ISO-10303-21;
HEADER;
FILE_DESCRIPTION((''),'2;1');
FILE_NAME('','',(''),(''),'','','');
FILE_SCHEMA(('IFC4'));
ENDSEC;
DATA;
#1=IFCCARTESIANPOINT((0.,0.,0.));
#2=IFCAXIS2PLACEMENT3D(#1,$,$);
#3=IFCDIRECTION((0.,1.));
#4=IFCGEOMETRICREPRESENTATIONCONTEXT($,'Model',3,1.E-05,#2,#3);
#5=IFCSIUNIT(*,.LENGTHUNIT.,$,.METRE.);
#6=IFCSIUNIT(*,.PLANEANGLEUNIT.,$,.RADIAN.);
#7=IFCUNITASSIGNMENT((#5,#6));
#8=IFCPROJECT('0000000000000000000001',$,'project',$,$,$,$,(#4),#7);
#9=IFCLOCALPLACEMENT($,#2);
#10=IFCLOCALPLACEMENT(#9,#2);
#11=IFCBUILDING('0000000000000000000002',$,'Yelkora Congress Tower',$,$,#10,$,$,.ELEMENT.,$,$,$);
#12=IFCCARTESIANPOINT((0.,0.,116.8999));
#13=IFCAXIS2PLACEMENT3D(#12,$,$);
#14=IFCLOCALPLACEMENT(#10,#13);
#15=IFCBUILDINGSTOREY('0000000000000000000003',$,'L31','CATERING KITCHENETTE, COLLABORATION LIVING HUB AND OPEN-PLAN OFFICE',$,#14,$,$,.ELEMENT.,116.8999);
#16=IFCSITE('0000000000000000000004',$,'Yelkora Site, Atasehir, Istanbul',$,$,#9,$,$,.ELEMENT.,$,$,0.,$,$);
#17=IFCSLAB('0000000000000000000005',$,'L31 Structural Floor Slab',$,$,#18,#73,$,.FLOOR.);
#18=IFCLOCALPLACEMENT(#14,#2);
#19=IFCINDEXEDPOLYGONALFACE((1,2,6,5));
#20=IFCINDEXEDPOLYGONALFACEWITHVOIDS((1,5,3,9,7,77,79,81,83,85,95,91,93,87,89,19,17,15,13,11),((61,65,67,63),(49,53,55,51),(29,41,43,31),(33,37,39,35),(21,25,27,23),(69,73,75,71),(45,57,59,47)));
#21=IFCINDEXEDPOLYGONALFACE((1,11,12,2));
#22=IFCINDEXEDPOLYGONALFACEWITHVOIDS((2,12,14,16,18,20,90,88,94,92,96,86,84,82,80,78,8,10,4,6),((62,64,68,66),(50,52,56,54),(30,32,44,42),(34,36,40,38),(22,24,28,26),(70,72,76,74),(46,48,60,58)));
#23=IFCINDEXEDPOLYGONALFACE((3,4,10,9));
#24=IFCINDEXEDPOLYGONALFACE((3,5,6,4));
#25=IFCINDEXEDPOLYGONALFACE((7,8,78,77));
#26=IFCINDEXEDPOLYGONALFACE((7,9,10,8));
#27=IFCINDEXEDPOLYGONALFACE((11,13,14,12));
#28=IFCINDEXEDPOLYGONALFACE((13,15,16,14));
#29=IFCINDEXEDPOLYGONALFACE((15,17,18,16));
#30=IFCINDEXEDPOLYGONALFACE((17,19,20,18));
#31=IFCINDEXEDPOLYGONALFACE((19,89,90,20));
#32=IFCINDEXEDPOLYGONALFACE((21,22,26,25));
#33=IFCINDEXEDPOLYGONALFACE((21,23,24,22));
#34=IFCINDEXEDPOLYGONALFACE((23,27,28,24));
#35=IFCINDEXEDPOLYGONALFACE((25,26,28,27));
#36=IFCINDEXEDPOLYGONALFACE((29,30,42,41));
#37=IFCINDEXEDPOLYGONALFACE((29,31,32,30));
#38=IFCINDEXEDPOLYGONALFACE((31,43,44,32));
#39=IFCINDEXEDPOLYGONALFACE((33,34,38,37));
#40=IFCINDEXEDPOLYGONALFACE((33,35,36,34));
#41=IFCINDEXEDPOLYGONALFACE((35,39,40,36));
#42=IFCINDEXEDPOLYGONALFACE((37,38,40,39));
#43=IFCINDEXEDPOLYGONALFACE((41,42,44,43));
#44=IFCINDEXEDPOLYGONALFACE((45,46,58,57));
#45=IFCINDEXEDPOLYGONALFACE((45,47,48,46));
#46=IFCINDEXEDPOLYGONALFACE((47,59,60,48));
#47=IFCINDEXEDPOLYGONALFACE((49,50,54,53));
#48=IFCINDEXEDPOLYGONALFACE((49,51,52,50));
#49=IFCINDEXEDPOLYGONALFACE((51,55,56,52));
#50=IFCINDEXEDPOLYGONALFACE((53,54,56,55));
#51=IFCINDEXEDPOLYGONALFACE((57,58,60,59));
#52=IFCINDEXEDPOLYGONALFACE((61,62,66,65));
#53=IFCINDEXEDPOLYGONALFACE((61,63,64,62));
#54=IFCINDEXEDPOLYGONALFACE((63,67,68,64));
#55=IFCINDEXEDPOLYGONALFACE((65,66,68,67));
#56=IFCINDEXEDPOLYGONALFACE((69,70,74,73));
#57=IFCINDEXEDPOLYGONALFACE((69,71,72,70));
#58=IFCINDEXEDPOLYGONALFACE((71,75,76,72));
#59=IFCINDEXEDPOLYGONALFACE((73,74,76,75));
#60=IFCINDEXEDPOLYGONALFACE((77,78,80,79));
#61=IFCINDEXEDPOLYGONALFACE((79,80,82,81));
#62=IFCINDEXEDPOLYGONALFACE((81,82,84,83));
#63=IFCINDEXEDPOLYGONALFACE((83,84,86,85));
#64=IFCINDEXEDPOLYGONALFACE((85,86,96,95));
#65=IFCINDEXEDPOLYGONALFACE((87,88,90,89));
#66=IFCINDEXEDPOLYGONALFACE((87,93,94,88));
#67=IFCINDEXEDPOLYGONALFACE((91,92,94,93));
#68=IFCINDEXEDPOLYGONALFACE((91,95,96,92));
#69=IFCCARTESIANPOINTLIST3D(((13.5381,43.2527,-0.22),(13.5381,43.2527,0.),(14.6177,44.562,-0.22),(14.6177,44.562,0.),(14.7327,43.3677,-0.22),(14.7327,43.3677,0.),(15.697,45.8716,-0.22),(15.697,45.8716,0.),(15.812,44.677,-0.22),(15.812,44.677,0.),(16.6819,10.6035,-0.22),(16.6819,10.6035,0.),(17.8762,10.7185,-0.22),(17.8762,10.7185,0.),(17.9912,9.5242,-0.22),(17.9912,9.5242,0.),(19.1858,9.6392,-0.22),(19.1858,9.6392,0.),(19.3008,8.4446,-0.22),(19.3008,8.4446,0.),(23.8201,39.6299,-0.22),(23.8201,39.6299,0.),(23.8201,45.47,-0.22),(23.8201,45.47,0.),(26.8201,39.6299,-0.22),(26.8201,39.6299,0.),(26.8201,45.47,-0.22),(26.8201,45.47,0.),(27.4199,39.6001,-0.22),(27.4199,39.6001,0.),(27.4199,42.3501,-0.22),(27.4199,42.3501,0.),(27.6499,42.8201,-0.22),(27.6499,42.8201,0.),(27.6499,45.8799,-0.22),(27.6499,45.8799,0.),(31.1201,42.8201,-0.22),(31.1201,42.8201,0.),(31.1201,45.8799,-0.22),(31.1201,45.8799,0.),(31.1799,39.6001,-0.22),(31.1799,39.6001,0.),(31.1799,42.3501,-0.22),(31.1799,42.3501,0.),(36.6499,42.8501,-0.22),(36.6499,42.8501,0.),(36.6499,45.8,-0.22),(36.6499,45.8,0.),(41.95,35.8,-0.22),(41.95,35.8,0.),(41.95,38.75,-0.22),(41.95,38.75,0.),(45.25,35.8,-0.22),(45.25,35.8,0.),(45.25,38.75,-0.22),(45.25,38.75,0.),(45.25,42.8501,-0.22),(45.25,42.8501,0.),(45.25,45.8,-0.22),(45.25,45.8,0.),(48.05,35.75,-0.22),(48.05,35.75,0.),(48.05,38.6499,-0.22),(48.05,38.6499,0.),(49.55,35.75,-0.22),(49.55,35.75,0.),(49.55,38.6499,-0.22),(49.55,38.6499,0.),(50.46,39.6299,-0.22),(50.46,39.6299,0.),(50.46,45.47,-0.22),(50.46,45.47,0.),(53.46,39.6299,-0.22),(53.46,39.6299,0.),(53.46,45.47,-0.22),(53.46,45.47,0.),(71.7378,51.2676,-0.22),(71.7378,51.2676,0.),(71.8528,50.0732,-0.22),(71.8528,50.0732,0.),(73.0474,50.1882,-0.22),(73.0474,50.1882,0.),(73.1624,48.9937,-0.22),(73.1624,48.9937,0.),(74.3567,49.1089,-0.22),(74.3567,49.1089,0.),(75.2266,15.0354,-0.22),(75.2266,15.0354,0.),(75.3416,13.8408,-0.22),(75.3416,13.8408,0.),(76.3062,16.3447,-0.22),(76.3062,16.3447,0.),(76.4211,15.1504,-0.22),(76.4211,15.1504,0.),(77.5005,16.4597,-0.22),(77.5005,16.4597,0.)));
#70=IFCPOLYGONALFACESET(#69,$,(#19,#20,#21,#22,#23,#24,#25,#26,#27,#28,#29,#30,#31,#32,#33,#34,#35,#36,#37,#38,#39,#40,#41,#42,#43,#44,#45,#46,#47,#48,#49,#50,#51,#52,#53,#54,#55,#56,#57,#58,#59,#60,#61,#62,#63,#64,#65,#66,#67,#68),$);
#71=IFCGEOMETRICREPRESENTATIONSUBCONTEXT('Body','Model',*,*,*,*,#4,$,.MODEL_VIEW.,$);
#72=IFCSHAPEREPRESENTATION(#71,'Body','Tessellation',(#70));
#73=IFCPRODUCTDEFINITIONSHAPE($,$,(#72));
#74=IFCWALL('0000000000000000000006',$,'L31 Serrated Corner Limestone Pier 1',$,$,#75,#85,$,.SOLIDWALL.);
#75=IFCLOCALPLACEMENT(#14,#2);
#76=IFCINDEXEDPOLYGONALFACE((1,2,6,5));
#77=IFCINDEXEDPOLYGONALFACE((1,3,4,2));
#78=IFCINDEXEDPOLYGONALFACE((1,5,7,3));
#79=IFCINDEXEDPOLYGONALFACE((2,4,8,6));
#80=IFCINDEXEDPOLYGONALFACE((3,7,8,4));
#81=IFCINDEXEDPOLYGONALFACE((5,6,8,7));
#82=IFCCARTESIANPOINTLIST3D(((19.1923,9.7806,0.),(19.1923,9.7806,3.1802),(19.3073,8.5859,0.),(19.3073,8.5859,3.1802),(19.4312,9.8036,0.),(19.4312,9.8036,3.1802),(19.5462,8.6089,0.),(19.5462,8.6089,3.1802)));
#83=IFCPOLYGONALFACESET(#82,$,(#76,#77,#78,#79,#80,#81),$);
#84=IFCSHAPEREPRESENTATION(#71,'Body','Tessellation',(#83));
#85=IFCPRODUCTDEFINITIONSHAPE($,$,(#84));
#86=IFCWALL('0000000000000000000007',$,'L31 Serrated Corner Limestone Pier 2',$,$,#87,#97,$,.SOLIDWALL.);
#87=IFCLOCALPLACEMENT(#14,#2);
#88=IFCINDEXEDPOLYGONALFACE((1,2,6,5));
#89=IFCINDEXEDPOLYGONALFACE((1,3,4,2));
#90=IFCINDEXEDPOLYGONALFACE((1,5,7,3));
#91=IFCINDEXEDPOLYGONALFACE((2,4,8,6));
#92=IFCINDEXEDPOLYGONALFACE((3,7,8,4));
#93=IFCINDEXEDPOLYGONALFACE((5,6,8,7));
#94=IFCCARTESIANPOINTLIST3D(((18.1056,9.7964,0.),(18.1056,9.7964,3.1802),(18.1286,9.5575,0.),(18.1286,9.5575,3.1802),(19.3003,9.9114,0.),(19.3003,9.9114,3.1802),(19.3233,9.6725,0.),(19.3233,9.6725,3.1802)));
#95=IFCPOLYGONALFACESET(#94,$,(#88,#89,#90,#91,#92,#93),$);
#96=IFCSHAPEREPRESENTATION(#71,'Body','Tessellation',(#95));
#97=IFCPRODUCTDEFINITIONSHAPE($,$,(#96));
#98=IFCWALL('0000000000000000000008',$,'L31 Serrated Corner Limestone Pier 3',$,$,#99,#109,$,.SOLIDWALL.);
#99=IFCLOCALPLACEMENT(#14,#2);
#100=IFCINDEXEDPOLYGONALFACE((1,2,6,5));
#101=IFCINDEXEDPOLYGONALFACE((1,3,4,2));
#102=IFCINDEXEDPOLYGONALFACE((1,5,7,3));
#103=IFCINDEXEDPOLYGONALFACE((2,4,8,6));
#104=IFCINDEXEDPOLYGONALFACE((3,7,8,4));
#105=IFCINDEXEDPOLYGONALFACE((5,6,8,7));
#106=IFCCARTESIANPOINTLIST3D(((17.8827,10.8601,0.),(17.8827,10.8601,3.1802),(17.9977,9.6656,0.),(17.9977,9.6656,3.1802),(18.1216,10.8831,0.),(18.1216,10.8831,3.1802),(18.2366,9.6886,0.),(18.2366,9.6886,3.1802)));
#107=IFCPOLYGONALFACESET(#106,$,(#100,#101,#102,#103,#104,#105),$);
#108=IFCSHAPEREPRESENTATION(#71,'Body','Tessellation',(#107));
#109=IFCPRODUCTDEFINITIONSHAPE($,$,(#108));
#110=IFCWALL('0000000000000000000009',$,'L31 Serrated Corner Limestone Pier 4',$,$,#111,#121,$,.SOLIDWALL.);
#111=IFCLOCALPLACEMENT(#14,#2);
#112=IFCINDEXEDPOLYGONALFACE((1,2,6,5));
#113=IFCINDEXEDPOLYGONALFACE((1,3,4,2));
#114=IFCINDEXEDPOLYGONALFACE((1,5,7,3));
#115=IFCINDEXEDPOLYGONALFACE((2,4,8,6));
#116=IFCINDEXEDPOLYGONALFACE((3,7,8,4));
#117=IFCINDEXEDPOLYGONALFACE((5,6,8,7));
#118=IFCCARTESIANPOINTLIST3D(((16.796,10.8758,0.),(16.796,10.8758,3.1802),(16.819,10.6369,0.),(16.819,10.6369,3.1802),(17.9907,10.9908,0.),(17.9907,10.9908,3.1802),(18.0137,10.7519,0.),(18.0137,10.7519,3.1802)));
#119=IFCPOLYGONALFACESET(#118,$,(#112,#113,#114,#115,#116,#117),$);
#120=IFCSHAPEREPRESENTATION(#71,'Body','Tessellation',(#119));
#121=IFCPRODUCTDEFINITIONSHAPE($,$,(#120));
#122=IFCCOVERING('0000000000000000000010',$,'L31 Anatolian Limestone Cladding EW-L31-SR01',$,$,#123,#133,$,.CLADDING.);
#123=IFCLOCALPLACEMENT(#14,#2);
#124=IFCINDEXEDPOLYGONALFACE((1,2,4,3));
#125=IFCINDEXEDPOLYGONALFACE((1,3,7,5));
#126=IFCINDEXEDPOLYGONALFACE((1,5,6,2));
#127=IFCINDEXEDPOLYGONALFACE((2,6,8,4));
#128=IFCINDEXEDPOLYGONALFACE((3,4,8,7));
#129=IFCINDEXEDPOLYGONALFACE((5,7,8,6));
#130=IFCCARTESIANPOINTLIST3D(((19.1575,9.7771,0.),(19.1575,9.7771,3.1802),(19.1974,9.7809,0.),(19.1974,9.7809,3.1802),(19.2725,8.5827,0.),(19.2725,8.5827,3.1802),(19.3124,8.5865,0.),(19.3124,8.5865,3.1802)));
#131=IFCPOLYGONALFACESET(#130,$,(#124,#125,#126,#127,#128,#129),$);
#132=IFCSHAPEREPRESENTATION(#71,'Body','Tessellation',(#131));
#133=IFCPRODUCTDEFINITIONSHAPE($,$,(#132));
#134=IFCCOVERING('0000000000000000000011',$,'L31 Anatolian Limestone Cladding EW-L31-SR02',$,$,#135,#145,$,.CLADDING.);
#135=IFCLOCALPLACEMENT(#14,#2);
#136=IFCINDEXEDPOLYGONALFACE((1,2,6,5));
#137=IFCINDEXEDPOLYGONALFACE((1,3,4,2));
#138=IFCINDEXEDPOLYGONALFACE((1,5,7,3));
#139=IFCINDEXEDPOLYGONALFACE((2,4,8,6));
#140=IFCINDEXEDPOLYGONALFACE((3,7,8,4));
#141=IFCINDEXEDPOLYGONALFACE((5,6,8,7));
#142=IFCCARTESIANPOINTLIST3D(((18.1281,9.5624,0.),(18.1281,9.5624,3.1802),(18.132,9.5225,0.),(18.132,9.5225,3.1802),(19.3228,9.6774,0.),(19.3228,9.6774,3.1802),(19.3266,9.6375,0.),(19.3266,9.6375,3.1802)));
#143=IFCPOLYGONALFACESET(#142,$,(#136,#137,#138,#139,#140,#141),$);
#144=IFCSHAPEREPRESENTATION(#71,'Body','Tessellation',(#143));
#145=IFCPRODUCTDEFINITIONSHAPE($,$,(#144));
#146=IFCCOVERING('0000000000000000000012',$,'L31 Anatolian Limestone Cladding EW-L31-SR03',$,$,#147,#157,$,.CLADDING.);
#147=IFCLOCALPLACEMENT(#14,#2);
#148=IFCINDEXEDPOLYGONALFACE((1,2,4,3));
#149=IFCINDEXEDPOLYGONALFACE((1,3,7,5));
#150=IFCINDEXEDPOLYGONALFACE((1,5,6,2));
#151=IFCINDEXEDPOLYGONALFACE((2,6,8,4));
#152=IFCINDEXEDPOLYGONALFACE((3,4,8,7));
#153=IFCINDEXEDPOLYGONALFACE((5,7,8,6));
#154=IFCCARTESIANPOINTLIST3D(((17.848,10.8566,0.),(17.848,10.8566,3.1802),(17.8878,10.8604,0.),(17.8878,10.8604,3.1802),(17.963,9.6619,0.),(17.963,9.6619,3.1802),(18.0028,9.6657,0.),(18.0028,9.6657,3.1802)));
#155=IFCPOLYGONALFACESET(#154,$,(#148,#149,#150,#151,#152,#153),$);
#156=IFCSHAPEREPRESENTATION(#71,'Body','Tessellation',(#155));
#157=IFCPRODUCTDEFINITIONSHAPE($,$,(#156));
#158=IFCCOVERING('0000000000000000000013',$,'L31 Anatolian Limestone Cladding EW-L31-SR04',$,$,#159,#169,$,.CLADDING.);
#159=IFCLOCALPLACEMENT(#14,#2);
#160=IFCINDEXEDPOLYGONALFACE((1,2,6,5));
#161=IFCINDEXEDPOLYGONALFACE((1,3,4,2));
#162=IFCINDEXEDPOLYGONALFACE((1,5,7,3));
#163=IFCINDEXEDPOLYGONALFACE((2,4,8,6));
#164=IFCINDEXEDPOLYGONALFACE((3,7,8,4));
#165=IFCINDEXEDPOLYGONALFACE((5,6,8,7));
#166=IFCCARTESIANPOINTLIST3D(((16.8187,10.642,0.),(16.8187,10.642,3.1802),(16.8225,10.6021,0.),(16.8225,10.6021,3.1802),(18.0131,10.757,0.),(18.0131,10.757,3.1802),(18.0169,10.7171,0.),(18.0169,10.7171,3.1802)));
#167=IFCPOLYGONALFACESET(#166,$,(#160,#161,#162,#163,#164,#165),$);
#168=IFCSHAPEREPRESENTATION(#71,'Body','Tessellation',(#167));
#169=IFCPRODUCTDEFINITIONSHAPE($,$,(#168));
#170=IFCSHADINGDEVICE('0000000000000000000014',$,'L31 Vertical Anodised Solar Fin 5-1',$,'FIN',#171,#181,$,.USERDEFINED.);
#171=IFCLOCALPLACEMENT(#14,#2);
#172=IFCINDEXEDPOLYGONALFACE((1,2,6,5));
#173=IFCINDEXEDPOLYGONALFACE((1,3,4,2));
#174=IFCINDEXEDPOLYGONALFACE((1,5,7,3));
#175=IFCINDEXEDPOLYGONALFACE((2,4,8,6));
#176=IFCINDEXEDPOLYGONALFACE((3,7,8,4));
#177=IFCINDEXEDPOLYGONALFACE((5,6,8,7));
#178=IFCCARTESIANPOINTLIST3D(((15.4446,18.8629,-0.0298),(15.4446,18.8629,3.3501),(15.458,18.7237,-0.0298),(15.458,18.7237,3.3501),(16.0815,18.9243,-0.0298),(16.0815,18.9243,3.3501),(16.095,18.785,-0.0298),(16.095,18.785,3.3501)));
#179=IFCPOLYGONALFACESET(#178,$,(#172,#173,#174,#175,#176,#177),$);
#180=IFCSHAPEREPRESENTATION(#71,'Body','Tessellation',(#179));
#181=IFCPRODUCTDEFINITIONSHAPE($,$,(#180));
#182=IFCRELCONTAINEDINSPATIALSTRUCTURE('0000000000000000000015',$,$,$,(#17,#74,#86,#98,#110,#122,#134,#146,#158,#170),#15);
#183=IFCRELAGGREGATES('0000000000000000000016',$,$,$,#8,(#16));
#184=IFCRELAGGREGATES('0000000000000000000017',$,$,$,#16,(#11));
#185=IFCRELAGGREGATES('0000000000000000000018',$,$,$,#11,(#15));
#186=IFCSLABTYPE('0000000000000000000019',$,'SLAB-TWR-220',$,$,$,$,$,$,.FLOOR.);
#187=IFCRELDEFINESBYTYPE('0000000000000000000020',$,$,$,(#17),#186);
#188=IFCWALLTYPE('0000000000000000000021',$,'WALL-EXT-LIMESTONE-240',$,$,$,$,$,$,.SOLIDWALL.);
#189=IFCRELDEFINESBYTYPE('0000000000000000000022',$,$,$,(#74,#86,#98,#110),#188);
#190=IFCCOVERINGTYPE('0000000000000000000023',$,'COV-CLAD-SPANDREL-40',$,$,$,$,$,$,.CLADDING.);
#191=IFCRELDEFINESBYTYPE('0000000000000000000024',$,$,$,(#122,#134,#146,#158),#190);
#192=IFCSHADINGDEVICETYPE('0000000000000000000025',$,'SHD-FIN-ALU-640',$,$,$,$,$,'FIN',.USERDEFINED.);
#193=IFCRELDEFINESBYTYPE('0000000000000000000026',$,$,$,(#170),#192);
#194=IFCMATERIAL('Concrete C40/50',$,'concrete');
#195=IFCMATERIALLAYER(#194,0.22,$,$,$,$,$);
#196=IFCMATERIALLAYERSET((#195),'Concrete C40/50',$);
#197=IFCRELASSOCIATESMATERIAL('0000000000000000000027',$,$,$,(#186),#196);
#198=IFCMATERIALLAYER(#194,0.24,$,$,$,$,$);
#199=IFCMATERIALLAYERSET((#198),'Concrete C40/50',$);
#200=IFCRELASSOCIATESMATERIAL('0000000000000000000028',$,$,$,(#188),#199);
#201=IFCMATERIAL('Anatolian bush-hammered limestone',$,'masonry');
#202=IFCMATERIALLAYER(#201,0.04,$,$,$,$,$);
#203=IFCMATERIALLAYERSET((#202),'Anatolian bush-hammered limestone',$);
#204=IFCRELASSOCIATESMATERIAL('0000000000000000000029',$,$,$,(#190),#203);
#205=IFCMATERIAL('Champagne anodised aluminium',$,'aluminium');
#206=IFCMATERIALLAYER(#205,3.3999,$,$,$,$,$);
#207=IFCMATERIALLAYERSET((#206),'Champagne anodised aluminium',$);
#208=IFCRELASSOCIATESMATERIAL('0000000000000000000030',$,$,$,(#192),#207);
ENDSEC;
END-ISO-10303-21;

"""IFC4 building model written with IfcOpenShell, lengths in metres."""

from ifc_helpers import new_model, si_unit, direction, frame, frame_2d, origin, origin_2d, place, context, subcontext, project, spatial, polyline, rectangle, outline, extrude, material, layer, layer_set, type_object, element, save


model = new_model("IFC4")

# Units and contexts
model_context = context("Model", 3, precision=1e-05, world=origin(), true_north=direction((0.0, 1.0)))
body_context = subcontext(model_context, "Body", "Model", "MODEL_VIEW")
ifc_project = project(units=[si_unit("LENGTHUNIT", "METRE"), si_unit("PLANEANGLEUNIT", "RADIAN")], contexts=[model_context])

# Site, building, storey
site_placement = place(None, origin())
site = spatial("IfcSite", under=ifc_project, at=site_placement, Name="Yelkora Site, Atasehir, Istanbul", CompositionType="ELEMENT", RefElevation=0.0)
building_placement = place(site_placement, origin())
building = spatial("IfcBuilding", under=site, at=building_placement, Name="Yelkora Congress Tower", CompositionType="ELEMENT")
storey_placement = place(building_placement, frame((0.0, 0.0, 116.8999)))
storey = spatial("IfcBuildingStorey", under=building, at=storey_placement, Name="L31", Description="CATERING KITCHENETTE, COLLABORATION LIVING HUB AND OPEN-PLAN OFFICE", CompositionType="ELEMENT", Elevation=116.8999)

# Shared definitions
ifc_material_1 = material(Name="Concrete C40/50", Category="concrete")

# Slab
ifc_layer_1 = layer(ifc_material_1, 0.22)
ifc_layer_set_1 = layer_set([ifc_layer_1], Name="Concrete C40/50")
slab_type_1 = type_object("IfcSlabType", Name="SLAB-TWR-220", PredefinedType="FLOOR", material=ifc_layer_set_1)
slab_1_placement = place(storey_placement, frame((0.0, 0.0, -0.22)))
element("IfcSlab", 1, at=slab_1_placement, inside=storey, type_object=slab_type_1, Name="L31 Structural Floor Slab", PredefinedType="FLOOR", context=body_context, shape_type="SweptSolid", body=[
    extrude(outline(polyline([(19.3008, 8.4446), (75.3416, 13.8408), (75.2266, 15.0354), (76.4211, 15.1504), (76.3062, 16.3447), (77.5005, 16.4597), (74.3567, 49.1089), (73.1624, 48.9937), (73.0474, 50.1882), (71.8528, 50.0732), (71.7378, 51.2676), (15.697, 45.8716), (15.812, 44.677), (14.6177, 44.562), (14.7327, 43.3677), (13.5381, 43.2527), (16.6819, 10.6035), (17.8762, 10.7185), (17.9912, 9.5242), (19.1858, 9.6392), (19.3008, 8.4446)]), holes=[polyline([(23.8201, 39.6299), (26.8201, 39.6299), (26.8201, 45.47), (23.8201, 45.47), (23.8201, 39.6299)]), polyline([(50.46, 39.6299), (53.46, 39.6299), (53.46, 45.47), (50.46, 45.47), (50.46, 39.6299)]), polyline([(48.05, 35.75), (49.55, 35.75), (49.55, 38.6499), (48.05, 38.6499), (48.05, 35.75)]), polyline([(36.6499, 42.8501), (45.25, 42.8501), (45.25, 45.8), (36.6499, 45.8), (36.6499, 42.8501)]), polyline([(41.95, 35.8), (45.25, 35.8), (45.25, 38.75), (41.95, 38.75), (41.95, 35.8)]), polyline([(27.4199, 39.6001), (31.1799, 39.6001), (31.1799, 42.3501), (27.4199, 42.3501), (27.4199, 39.6001)]), polyline([(27.6499, 42.8201), (31.1201, 42.8201), (31.1201, 45.8799), (27.6499, 45.8799), (27.6499, 42.8201)])]), origin(), (0.0, 0.0, 1.0), 0.22),
])

# Walls
ifc_layer_2 = layer(ifc_material_1, 0.24)
ifc_layer_set_2 = layer_set([ifc_layer_2], Name="Concrete C40/50")
wall_type = type_object("IfcWallType", Name="WALL-EXT-LIMESTONE-240", PredefinedType="SOLIDWALL", material=ifc_layer_set_2)
for number, where, z_axis, x_axis, name in (
    (2, (19.4268, 8.5974, 0.0), (0.0, 0.0, 1.0), (-0.095817, 0.995399, 0.0), "L31 Serrated Corner Limestone Pier 1"),
    (3, (19.3118, 9.792, 0.0), (0.0, 0.0, 1.0), (-0.995399, -0.095817, 0.0), "L31 Serrated Corner Limestone Pier 2"),
):
    element("IfcWall", number, at=place(storey_placement, frame(where, z_axis=z_axis, x_axis=x_axis)), inside=storey, type_object=wall_type, Name=name, PredefinedType="SOLIDWALL", context=body_context, shape_type="SweptSolid", body=[
        extrude(rectangle(XDim=1.2002, YDim=0.24, at=frame_2d((0.6001, 0.0))), origin(), (0.0, 0.0, 1.0), 3.1802),
    ])
wall_1_placement = place(storey_placement, frame((18.1172, 9.677, 0.0), z_axis=(0.0, 0.0, 1.0), x_axis=(-0.095836, 0.995397, 0.0)))
element("IfcWall", 4, at=wall_1_placement, inside=storey, type_object=wall_type, Name="L31 Serrated Corner Limestone Pier 3", PredefinedType="SOLIDWALL", context=body_context, shape_type="SweptSolid", body=[
    extrude(rectangle(XDim=1.2, YDim=0.24, at=frame_2d((0.6001, 0.0))), origin(), (0.0, 0.0, 1.0), 3.1802),
])
wall_2_placement = place(storey_placement, frame((18.0022, 10.8713, 0.0), z_axis=(0.0, 0.0, 1.0), x_axis=(-0.995399, -0.095817, 0.0)))
element("IfcWall", 5, at=wall_2_placement, inside=storey, type_object=wall_type, Name="L31 Serrated Corner Limestone Pier 4", PredefinedType="SOLIDWALL", context=body_context, shape_type="SweptSolid", body=[
    extrude(rectangle(XDim=1.2002, YDim=0.24, at=frame_2d((0.6001, 0.0))), origin(), (0.0, 0.0, 1.0), 3.1802),
])

# Coverings
ifc_material_2 = material(Name="Anatolian bush-hammered limestone", Category="masonry")
ifc_layer_3 = layer(ifc_material_2, 0.04)
ifc_layer_set_3 = layer_set([ifc_layer_3], Name="Anatolian bush-hammered limestone")
covering_type = type_object("IfcCoveringType", Name="COV-CLAD-SPANDREL-40", PredefinedType="CLADDING", material=ifc_layer_set_3)
covering_1_placement = place(storey_placement, frame((19.2925, 8.5845, 0.0), z_axis=(0.0, 0.0, 1.0), x_axis=(-0.095836, 0.995397, 0.0)))
element("IfcCovering", 6, at=covering_1_placement, inside=storey, type_object=covering_type, Name="L31 Anatolian Limestone Cladding EW-L31-SR01", PredefinedType="CLADDING", context=body_context, shape_type="SweptSolid", body=[
    extrude(rectangle(XDim=1.2, YDim=0.04, at=frame_2d((0.6001, 0.0))), origin(), (0.0, 0.0, 1.0), 3.1802),
])
for number, where, z_axis, x_axis, name in (
    (7, (19.3247, 9.6575, 0.0), (0.0, 0.0, 1.0), (-0.995399, -0.095817, 0.0), "L31 Anatolian Limestone Cladding EW-L31-SR02"),
    (8, (17.9829, 9.6638, 0.0), (0.0, 0.0, 1.0), (-0.095817, 0.995399, 0.0), "L31 Anatolian Limestone Cladding EW-L31-SR03"),
):
    element("IfcCovering", number, at=place(storey_placement, frame(where, z_axis=z_axis, x_axis=x_axis)), inside=storey, type_object=covering_type, Name=name, PredefinedType="CLADDING", context=body_context, shape_type="SweptSolid", body=[
        extrude(rectangle(XDim=1.2002, YDim=0.04, at=frame_2d((0.6001, 0.0))), origin(), (0.0, 0.0, 1.0), 3.1802),
    ])
covering_2_placement = place(storey_placement, frame((18.0151, 10.7371, 0.0), z_axis=(0.0, 0.0, 1.0), x_axis=(-0.995397, -0.095836, 0.0)))
element("IfcCovering", 9, at=covering_2_placement, inside=storey, type_object=covering_type, Name="L31 Anatolian Limestone Cladding EW-L31-SR04", PredefinedType="CLADDING", context=body_context, shape_type="SweptSolid", body=[
    extrude(rectangle(XDim=1.2, YDim=0.04, at=frame_2d((0.6001, 0.0))), origin(), (0.0, 0.0, 1.0), 3.1802),
])

# Shading device
ifc_material_3 = material(Name="Champagne anodised aluminium", Category="aluminium")
ifc_layer_4 = layer(ifc_material_3, 3.3999)
ifc_layer_set_4 = layer_set([ifc_layer_4], Name="Champagne anodised aluminium")
shading_device_type = type_object("IfcShadingDeviceType", Name="SHD-FIN-ALU-640", ElementType="FIN", PredefinedType="USERDEFINED", material=ifc_layer_set_4)
shading_device_placement = place(storey_placement, frame((15.7698, 18.824, -0.0298), z_axis=(0.0, 0.0, 1.0), x_axis=(-0.095846, 0.995396, 0.0)))
element("IfcShadingDevice", 10, at=shading_device_placement, inside=storey, type_object=shading_device_type, Name="L31 Vertical Anodised Solar Fin 5-1", ObjectType="FIN", PredefinedType="USERDEFINED", context=body_context, shape_type="SweptSolid", body=[
    extrude(rectangle(XDim=0.1399, YDim=0.6399, at=origin_2d()), origin(), (0.0, 0.0, 1.0), 3.3799),
])

save(model, "model.ifc")
